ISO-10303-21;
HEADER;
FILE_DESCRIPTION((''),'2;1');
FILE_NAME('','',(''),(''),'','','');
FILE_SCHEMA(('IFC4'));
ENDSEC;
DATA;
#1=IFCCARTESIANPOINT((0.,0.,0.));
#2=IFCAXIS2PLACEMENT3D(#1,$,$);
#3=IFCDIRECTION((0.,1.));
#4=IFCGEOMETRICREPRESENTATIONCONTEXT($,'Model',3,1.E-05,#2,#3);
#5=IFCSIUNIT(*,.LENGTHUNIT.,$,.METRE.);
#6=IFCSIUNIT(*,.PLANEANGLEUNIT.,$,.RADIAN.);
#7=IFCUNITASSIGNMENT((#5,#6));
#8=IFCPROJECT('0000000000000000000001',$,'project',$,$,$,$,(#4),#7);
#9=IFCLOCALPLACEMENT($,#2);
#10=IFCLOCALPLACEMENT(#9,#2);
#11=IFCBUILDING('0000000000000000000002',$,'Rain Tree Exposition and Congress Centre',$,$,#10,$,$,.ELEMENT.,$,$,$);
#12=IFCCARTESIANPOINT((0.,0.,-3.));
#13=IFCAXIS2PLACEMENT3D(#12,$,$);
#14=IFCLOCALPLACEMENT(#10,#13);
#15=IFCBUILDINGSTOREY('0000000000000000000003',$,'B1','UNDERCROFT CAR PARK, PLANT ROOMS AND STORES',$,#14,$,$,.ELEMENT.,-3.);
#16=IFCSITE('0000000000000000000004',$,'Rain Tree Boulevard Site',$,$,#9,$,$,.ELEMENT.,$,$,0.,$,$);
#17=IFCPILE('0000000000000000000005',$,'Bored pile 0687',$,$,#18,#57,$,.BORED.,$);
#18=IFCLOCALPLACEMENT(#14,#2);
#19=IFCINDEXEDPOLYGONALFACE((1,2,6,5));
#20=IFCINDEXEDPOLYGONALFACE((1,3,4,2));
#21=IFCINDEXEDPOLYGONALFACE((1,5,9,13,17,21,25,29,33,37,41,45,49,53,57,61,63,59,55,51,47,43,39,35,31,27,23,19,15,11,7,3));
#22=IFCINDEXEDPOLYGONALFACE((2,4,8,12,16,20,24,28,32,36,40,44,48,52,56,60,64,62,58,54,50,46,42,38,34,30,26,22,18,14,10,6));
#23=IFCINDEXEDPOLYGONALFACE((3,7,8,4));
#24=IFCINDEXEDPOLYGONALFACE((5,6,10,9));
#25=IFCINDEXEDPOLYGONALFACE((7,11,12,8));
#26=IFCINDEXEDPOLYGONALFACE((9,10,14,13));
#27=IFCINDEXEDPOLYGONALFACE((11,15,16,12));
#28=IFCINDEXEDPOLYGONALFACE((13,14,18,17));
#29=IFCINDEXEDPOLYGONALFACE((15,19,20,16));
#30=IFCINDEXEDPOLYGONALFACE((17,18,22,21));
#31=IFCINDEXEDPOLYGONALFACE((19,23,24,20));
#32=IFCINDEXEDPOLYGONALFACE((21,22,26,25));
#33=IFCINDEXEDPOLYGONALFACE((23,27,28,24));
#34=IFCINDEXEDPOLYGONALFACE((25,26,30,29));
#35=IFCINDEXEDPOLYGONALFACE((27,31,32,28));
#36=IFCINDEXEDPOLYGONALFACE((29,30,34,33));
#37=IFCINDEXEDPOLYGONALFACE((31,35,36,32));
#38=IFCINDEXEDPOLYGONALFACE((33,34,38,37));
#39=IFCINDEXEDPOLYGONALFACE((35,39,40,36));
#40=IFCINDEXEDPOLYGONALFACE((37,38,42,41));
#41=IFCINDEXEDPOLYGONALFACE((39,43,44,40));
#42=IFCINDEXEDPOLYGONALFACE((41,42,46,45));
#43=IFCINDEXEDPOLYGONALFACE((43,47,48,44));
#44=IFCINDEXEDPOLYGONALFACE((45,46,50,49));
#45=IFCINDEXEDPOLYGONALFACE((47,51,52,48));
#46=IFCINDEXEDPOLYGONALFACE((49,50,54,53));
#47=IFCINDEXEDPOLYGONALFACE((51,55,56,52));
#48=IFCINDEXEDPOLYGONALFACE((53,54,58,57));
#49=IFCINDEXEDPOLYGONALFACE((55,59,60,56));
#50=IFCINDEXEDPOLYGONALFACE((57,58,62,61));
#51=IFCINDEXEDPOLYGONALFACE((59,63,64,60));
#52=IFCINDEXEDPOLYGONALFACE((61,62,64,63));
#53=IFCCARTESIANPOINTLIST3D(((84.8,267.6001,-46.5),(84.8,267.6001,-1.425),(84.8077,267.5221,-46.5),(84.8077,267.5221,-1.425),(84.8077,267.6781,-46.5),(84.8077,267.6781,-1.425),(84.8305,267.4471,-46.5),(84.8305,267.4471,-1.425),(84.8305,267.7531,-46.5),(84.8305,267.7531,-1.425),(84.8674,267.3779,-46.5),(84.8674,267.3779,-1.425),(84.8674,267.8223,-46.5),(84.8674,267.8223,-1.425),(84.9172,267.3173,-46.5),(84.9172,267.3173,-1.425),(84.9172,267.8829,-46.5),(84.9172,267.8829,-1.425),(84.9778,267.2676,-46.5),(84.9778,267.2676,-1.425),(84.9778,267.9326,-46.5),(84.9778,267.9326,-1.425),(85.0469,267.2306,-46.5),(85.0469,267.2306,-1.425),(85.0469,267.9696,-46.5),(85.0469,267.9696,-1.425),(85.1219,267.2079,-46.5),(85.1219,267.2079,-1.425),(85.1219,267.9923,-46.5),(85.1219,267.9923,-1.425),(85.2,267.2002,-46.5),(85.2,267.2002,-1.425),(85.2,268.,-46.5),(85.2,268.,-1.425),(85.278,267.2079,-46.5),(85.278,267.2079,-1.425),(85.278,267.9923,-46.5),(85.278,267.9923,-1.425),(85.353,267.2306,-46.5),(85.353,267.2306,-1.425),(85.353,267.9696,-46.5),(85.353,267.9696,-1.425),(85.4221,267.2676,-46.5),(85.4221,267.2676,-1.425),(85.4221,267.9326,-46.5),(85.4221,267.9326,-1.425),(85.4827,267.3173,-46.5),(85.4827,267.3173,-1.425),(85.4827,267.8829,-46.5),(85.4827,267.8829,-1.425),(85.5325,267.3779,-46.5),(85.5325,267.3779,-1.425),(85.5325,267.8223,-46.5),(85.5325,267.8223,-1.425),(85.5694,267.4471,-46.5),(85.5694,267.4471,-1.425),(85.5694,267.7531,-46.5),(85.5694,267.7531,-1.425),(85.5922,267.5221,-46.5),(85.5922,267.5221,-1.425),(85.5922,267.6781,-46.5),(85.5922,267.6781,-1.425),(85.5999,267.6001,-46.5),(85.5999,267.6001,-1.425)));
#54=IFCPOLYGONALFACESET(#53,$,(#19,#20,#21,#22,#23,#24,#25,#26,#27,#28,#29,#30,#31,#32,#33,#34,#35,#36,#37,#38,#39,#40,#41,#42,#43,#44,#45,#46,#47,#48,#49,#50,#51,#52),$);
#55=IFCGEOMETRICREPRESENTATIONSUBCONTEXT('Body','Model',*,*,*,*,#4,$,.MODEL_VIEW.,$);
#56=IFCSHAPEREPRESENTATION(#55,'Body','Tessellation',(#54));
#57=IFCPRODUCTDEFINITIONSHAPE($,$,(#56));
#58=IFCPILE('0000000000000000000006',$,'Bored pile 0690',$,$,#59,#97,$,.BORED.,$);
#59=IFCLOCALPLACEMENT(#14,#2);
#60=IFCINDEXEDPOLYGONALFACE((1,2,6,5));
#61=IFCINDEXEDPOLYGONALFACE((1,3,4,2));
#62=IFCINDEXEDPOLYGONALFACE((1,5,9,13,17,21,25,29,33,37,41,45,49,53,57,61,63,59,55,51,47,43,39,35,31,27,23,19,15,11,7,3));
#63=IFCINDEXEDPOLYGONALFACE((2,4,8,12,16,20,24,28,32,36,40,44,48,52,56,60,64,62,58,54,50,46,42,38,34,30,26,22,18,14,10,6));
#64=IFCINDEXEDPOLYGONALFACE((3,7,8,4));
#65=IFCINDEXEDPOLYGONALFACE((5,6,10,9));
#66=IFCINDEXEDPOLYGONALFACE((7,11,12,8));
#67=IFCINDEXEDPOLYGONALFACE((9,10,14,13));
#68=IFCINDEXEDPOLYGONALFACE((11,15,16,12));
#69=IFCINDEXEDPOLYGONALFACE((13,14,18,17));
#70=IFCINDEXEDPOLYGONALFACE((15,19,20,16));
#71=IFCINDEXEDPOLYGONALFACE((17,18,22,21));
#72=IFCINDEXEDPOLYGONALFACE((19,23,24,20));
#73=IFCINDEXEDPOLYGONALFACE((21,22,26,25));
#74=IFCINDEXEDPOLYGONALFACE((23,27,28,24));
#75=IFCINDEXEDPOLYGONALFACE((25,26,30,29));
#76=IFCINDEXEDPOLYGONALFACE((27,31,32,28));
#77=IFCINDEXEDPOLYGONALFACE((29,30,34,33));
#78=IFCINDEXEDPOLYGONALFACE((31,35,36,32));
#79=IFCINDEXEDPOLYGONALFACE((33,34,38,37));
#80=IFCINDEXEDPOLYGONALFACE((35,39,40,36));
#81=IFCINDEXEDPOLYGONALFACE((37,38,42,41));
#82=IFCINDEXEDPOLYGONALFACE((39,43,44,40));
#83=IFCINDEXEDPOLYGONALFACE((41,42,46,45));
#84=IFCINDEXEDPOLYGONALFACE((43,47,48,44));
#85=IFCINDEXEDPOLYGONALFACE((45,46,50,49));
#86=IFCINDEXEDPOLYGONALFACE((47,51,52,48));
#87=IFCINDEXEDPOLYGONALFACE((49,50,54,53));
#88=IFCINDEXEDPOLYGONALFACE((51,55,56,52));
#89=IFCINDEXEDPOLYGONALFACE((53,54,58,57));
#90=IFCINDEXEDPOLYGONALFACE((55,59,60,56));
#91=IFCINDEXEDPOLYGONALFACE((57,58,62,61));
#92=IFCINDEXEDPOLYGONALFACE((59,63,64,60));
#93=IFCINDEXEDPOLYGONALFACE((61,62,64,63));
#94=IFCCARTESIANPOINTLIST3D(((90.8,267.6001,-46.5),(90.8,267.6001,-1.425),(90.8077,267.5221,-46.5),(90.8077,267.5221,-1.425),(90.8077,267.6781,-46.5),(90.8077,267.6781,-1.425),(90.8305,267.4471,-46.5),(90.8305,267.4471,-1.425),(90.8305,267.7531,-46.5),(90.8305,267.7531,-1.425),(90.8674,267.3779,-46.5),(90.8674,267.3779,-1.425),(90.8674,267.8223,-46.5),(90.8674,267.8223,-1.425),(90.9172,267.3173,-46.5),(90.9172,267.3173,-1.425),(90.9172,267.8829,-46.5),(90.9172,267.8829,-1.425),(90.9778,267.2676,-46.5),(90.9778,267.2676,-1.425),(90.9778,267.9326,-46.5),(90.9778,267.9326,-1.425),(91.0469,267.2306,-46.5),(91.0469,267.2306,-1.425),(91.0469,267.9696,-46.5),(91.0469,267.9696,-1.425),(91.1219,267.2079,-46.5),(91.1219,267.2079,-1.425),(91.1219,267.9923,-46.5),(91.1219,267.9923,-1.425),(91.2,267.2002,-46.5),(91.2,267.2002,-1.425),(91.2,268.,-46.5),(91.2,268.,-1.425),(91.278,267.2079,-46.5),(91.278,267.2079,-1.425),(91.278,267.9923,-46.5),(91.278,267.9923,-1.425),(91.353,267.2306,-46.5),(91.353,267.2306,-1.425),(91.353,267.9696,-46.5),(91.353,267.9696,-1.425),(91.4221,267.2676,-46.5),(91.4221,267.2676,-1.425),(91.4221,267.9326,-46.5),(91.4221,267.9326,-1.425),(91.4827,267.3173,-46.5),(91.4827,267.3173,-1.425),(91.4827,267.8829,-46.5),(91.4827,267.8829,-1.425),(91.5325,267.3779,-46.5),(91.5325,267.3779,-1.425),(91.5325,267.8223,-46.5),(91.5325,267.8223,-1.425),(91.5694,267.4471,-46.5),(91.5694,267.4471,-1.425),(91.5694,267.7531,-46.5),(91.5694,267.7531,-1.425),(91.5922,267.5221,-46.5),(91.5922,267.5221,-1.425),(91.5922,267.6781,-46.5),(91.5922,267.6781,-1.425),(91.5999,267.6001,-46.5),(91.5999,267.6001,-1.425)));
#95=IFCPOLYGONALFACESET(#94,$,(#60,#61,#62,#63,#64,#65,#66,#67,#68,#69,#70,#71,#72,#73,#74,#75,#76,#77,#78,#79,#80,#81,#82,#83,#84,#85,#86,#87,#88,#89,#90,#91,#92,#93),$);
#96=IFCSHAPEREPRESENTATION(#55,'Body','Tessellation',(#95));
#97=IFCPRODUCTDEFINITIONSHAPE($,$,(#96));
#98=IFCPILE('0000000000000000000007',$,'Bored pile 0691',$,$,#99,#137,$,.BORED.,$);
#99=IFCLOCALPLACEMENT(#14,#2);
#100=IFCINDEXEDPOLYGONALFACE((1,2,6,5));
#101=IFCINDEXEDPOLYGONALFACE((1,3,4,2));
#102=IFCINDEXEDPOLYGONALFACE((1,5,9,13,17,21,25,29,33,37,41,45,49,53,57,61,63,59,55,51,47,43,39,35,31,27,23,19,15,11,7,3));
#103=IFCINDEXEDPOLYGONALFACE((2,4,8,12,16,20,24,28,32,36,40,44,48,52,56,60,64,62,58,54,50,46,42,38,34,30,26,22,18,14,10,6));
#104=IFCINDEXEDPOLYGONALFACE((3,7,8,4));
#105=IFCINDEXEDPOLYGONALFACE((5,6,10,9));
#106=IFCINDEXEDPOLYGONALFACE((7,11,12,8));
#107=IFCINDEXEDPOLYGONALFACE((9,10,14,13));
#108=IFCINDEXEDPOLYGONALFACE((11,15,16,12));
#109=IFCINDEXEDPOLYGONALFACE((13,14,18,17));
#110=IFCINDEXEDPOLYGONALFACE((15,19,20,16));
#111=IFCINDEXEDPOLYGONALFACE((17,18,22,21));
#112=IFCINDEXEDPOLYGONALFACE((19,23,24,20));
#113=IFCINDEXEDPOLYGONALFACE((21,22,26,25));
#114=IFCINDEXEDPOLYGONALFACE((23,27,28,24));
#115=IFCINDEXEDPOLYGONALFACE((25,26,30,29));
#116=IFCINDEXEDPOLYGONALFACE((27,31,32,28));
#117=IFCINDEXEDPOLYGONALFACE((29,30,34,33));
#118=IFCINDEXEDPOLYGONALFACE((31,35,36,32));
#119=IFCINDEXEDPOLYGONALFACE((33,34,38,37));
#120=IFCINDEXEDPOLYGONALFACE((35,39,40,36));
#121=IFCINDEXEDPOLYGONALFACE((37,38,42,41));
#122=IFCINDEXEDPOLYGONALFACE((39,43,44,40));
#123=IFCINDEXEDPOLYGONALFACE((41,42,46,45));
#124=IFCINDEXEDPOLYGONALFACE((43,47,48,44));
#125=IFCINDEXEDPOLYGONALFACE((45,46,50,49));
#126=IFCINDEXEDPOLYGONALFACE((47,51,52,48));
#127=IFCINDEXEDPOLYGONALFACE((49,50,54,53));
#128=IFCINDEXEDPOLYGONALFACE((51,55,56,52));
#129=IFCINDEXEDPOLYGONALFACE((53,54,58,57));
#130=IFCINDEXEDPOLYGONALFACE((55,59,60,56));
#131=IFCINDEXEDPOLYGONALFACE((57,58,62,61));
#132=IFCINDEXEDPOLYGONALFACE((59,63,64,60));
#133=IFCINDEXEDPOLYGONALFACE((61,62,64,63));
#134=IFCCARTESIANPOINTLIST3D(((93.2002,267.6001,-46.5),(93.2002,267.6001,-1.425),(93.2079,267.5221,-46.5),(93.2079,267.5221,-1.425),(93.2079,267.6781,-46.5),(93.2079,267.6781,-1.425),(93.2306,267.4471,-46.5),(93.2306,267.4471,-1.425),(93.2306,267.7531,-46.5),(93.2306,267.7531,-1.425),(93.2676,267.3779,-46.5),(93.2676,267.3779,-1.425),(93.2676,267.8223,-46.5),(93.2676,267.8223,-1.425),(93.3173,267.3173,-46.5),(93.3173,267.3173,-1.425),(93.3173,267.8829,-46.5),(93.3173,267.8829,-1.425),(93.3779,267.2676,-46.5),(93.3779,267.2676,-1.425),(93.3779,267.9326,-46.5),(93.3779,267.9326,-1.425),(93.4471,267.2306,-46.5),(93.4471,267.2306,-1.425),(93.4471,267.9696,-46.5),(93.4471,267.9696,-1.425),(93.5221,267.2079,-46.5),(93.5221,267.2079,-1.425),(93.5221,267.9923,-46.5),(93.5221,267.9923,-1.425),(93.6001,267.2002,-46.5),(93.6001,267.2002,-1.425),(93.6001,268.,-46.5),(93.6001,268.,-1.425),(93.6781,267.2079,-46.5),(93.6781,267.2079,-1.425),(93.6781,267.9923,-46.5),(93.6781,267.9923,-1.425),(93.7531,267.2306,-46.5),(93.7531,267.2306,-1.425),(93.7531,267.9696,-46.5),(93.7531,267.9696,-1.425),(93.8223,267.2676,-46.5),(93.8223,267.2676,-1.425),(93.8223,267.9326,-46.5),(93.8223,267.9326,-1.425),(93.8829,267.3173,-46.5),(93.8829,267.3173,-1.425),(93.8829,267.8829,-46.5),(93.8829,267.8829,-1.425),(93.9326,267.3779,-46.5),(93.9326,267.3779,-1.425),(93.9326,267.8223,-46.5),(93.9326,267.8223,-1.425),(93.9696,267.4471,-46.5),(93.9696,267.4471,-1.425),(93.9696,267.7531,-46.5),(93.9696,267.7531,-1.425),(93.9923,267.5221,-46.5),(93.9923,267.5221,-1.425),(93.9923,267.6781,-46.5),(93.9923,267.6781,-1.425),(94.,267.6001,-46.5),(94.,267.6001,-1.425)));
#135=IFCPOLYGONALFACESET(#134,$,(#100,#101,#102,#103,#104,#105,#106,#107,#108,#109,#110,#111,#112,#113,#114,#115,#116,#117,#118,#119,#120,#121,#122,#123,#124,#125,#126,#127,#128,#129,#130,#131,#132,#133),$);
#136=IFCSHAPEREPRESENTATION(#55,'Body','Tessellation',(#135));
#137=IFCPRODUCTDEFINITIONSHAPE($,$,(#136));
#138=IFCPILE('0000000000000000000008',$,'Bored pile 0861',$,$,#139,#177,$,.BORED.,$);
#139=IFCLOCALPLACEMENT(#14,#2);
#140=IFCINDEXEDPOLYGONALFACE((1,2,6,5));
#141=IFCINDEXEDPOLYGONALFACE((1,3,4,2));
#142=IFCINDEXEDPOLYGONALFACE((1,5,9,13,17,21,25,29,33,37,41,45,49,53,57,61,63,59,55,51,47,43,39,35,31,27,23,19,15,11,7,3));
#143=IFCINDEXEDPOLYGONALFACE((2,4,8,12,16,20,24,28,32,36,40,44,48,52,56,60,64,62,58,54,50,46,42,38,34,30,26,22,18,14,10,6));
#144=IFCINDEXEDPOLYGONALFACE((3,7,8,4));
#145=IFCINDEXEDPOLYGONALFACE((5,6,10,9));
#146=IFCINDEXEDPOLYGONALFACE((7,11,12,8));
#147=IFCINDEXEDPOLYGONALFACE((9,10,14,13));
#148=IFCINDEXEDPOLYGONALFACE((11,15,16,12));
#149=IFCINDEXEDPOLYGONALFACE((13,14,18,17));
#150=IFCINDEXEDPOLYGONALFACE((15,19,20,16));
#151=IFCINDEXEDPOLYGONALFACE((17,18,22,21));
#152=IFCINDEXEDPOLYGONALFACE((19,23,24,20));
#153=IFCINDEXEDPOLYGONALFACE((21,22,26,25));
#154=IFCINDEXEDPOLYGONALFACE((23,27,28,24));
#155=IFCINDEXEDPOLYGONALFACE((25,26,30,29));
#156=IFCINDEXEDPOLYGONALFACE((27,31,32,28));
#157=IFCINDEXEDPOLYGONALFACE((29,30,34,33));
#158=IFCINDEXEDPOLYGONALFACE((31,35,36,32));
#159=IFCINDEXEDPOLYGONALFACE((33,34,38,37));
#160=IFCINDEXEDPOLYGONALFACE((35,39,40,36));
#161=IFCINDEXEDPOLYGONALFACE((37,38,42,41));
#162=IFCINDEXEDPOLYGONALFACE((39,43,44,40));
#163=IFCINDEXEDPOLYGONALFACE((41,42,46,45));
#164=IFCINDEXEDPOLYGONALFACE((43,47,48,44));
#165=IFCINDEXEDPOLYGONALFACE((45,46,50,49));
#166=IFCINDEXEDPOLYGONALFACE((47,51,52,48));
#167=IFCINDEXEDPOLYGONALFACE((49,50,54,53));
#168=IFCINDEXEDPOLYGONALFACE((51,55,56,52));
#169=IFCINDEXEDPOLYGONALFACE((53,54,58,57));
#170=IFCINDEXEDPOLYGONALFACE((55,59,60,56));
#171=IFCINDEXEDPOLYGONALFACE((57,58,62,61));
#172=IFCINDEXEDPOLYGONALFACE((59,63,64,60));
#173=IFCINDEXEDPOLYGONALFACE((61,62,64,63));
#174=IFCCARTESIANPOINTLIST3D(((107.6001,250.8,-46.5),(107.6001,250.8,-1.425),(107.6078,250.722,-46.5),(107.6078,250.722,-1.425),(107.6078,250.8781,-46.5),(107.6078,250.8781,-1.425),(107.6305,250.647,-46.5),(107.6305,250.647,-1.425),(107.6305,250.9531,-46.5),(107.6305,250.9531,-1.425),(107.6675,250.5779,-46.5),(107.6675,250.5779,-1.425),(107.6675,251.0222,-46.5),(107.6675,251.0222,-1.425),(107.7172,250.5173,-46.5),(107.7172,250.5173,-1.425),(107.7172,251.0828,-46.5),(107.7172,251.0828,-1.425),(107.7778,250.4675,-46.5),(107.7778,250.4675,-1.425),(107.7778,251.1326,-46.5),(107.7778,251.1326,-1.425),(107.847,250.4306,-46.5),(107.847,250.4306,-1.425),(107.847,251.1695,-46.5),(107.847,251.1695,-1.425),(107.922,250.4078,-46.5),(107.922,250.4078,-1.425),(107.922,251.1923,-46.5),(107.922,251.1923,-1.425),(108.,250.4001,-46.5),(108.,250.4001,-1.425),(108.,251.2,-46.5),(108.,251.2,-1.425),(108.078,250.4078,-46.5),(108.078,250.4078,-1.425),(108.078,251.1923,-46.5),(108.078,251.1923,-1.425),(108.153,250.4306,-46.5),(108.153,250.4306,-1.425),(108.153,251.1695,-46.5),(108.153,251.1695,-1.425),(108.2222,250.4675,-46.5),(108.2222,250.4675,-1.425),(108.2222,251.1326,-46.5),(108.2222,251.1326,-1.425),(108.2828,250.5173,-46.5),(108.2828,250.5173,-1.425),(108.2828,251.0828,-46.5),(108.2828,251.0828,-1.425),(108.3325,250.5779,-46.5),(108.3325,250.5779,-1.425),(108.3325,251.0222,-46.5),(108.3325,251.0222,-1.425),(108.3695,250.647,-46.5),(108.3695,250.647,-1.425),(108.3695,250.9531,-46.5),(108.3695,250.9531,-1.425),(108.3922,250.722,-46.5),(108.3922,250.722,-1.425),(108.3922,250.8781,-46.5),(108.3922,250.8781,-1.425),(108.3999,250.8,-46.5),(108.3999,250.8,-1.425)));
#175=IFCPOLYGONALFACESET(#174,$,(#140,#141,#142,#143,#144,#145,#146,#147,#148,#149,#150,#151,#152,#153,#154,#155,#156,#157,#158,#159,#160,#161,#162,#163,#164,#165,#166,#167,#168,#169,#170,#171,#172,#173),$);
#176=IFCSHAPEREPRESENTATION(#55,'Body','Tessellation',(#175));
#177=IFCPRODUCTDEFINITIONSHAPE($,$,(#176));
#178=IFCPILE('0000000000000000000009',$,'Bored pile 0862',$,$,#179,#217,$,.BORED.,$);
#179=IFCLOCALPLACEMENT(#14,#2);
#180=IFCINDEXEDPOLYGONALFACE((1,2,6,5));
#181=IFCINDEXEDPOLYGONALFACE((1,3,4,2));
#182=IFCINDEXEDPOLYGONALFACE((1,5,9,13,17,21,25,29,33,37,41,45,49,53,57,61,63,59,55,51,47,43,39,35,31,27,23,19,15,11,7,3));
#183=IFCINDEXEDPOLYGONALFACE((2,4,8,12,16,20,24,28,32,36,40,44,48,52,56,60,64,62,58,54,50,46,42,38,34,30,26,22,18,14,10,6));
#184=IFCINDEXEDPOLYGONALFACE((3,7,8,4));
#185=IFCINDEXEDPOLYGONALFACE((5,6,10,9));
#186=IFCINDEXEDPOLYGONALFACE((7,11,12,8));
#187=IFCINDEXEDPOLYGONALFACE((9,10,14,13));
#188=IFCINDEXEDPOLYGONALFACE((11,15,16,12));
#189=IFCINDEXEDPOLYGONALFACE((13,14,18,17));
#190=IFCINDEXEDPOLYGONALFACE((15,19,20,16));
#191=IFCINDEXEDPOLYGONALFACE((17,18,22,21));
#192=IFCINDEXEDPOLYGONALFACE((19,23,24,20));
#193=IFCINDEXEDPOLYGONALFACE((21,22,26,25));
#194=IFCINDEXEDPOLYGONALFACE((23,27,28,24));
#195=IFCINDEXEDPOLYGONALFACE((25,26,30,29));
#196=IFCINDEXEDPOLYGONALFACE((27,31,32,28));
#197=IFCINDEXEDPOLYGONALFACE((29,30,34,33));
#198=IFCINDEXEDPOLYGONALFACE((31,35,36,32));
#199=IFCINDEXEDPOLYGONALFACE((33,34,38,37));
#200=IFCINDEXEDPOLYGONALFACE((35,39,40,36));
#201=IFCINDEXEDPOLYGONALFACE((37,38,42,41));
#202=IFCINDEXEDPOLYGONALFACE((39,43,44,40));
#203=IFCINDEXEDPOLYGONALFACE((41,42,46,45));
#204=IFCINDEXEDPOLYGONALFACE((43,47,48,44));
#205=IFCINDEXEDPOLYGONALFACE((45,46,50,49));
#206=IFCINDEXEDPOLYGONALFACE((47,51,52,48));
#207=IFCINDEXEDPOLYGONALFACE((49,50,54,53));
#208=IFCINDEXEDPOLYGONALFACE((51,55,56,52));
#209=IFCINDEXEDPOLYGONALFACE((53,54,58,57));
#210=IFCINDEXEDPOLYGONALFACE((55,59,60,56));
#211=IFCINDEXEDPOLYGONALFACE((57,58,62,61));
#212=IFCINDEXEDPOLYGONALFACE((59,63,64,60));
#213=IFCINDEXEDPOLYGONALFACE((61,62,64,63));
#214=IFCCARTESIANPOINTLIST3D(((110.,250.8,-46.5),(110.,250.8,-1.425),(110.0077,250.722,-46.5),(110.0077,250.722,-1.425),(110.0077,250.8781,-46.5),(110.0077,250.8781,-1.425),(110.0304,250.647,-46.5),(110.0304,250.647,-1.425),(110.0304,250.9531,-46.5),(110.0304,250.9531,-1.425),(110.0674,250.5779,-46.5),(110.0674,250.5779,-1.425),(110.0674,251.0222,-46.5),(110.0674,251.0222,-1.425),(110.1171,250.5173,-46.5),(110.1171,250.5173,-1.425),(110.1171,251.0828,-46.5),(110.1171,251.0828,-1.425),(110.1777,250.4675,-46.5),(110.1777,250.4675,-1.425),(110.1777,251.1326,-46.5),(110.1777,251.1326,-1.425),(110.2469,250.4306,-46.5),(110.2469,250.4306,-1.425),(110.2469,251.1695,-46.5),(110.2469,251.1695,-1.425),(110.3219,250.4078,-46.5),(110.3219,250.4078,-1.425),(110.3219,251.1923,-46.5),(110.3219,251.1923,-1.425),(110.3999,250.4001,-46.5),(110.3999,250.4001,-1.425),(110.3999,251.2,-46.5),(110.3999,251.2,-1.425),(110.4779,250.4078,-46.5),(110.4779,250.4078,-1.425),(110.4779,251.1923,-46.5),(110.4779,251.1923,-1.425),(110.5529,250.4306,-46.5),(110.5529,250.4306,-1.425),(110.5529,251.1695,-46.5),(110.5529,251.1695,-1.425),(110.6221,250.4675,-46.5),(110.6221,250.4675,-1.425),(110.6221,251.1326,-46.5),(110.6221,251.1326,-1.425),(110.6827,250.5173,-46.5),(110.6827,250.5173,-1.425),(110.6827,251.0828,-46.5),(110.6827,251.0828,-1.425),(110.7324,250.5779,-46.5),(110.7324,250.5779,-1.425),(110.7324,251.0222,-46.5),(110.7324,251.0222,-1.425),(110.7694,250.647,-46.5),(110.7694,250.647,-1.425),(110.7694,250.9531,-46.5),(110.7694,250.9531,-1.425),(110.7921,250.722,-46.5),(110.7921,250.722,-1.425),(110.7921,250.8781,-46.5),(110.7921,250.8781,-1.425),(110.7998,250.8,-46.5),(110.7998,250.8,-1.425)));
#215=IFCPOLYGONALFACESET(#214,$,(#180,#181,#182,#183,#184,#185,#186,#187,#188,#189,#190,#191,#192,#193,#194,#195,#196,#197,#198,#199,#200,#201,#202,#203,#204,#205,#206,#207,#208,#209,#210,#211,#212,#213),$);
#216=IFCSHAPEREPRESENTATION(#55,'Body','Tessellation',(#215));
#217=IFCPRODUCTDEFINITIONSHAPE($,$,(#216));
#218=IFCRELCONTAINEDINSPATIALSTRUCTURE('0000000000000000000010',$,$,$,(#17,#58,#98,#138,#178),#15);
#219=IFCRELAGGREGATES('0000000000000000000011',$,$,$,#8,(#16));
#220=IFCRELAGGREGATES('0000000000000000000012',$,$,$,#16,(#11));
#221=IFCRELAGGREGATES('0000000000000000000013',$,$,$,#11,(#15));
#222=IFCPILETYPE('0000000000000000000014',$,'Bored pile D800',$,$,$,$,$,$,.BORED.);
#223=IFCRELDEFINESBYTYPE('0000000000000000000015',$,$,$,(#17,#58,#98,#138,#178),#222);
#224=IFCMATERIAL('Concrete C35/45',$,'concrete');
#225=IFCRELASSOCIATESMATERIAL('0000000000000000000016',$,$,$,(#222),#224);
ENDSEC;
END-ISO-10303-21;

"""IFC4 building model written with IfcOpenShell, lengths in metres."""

from ifc_helpers import new_model, si_unit, direction, frame, origin, origin_2d, place, context, subcontext, project, spatial, circle, extrude, material, material_profile, profile_set, type_object, element, save


model = new_model("IFC4")

# Units and contexts
model_context = context("Model", 3, precision=1e-05, world=origin(), true_north=direction((0.0, 1.0)))
body_context = subcontext(model_context, "Body", "Model", "MODEL_VIEW")
ifc_project = project(units=[si_unit("LENGTHUNIT", "METRE"), si_unit("PLANEANGLEUNIT", "RADIAN")], contexts=[model_context])

# Site, building, storey
site_placement = place(None, origin())
site = spatial("IfcSite", under=ifc_project, at=site_placement, Name="Rain Tree Boulevard Site", CompositionType="ELEMENT", RefElevation=0.0)
building_placement = place(site_placement, origin())
building = spatial("IfcBuilding", under=site, at=building_placement, Name="Rain Tree Exposition and Congress Centre", CompositionType="ELEMENT")
storey_placement = place(building_placement, frame((0.0, 0.0, -3.0)))
storey = spatial("IfcBuildingStorey", under=building, at=storey_placement, Name="B1", Description="UNDERCROFT CAR PARK, PLANT ROOMS AND STORES", CompositionType="ELEMENT", Elevation=-3.0)

# Piles
ifc_material_1 = material(Name="Concrete C35/45", Category="concrete")
ifc_material_profile_1 = material_profile(ifc_material_1, circle(Radius=0.3999, at=origin_2d()), Name="D800")
ifc_profile_set_1 = profile_set([ifc_material_profile_1], Name="Concrete C35/45")
pile_type = type_object("IfcPileType", Name="Bored pile D800", PredefinedType="BORED", material=ifc_profile_set_1)
for number, where, z_axis, x_axis, name in (
    (1, (85.2, 267.6001, -1.425), (0.0, 0.0, -1.0), (1.0, 0.0, 0.0), "Bored pile 0687"),
    (2, (91.2, 267.6001, -1.425), (0.0, 0.0, -1.0), (1.0, 0.0, 0.0), "Bored pile 0690"),
    (3, (93.6001, 267.6001, -1.425), (0.0, 0.0, -1.0), (1.0, 0.0, 0.0), "Bored pile 0691"),
    (4, (108.0, 250.8, -1.425), (0.0, 0.0, -1.0), (1.0, 0.0, 0.0), "Bored pile 0861"),
    (5, (110.3999, 250.8, -1.425), (0.0, 0.0, -1.0), (1.0, 0.0, 0.0), "Bored pile 0862"),
):
    element("IfcPile", number, at=place(storey_placement, frame(where, z_axis=z_axis, x_axis=x_axis)), inside=storey, type_object=pile_type, Name=name, PredefinedType="BORED", context=body_context, shape_type="SweptSolid", body=[
        extrude(circle(Radius=0.3999, at=origin_2d()), origin(), (0.0, 0.0, 1.0), 45.075),
    ])

save(model, "model.ifc")
